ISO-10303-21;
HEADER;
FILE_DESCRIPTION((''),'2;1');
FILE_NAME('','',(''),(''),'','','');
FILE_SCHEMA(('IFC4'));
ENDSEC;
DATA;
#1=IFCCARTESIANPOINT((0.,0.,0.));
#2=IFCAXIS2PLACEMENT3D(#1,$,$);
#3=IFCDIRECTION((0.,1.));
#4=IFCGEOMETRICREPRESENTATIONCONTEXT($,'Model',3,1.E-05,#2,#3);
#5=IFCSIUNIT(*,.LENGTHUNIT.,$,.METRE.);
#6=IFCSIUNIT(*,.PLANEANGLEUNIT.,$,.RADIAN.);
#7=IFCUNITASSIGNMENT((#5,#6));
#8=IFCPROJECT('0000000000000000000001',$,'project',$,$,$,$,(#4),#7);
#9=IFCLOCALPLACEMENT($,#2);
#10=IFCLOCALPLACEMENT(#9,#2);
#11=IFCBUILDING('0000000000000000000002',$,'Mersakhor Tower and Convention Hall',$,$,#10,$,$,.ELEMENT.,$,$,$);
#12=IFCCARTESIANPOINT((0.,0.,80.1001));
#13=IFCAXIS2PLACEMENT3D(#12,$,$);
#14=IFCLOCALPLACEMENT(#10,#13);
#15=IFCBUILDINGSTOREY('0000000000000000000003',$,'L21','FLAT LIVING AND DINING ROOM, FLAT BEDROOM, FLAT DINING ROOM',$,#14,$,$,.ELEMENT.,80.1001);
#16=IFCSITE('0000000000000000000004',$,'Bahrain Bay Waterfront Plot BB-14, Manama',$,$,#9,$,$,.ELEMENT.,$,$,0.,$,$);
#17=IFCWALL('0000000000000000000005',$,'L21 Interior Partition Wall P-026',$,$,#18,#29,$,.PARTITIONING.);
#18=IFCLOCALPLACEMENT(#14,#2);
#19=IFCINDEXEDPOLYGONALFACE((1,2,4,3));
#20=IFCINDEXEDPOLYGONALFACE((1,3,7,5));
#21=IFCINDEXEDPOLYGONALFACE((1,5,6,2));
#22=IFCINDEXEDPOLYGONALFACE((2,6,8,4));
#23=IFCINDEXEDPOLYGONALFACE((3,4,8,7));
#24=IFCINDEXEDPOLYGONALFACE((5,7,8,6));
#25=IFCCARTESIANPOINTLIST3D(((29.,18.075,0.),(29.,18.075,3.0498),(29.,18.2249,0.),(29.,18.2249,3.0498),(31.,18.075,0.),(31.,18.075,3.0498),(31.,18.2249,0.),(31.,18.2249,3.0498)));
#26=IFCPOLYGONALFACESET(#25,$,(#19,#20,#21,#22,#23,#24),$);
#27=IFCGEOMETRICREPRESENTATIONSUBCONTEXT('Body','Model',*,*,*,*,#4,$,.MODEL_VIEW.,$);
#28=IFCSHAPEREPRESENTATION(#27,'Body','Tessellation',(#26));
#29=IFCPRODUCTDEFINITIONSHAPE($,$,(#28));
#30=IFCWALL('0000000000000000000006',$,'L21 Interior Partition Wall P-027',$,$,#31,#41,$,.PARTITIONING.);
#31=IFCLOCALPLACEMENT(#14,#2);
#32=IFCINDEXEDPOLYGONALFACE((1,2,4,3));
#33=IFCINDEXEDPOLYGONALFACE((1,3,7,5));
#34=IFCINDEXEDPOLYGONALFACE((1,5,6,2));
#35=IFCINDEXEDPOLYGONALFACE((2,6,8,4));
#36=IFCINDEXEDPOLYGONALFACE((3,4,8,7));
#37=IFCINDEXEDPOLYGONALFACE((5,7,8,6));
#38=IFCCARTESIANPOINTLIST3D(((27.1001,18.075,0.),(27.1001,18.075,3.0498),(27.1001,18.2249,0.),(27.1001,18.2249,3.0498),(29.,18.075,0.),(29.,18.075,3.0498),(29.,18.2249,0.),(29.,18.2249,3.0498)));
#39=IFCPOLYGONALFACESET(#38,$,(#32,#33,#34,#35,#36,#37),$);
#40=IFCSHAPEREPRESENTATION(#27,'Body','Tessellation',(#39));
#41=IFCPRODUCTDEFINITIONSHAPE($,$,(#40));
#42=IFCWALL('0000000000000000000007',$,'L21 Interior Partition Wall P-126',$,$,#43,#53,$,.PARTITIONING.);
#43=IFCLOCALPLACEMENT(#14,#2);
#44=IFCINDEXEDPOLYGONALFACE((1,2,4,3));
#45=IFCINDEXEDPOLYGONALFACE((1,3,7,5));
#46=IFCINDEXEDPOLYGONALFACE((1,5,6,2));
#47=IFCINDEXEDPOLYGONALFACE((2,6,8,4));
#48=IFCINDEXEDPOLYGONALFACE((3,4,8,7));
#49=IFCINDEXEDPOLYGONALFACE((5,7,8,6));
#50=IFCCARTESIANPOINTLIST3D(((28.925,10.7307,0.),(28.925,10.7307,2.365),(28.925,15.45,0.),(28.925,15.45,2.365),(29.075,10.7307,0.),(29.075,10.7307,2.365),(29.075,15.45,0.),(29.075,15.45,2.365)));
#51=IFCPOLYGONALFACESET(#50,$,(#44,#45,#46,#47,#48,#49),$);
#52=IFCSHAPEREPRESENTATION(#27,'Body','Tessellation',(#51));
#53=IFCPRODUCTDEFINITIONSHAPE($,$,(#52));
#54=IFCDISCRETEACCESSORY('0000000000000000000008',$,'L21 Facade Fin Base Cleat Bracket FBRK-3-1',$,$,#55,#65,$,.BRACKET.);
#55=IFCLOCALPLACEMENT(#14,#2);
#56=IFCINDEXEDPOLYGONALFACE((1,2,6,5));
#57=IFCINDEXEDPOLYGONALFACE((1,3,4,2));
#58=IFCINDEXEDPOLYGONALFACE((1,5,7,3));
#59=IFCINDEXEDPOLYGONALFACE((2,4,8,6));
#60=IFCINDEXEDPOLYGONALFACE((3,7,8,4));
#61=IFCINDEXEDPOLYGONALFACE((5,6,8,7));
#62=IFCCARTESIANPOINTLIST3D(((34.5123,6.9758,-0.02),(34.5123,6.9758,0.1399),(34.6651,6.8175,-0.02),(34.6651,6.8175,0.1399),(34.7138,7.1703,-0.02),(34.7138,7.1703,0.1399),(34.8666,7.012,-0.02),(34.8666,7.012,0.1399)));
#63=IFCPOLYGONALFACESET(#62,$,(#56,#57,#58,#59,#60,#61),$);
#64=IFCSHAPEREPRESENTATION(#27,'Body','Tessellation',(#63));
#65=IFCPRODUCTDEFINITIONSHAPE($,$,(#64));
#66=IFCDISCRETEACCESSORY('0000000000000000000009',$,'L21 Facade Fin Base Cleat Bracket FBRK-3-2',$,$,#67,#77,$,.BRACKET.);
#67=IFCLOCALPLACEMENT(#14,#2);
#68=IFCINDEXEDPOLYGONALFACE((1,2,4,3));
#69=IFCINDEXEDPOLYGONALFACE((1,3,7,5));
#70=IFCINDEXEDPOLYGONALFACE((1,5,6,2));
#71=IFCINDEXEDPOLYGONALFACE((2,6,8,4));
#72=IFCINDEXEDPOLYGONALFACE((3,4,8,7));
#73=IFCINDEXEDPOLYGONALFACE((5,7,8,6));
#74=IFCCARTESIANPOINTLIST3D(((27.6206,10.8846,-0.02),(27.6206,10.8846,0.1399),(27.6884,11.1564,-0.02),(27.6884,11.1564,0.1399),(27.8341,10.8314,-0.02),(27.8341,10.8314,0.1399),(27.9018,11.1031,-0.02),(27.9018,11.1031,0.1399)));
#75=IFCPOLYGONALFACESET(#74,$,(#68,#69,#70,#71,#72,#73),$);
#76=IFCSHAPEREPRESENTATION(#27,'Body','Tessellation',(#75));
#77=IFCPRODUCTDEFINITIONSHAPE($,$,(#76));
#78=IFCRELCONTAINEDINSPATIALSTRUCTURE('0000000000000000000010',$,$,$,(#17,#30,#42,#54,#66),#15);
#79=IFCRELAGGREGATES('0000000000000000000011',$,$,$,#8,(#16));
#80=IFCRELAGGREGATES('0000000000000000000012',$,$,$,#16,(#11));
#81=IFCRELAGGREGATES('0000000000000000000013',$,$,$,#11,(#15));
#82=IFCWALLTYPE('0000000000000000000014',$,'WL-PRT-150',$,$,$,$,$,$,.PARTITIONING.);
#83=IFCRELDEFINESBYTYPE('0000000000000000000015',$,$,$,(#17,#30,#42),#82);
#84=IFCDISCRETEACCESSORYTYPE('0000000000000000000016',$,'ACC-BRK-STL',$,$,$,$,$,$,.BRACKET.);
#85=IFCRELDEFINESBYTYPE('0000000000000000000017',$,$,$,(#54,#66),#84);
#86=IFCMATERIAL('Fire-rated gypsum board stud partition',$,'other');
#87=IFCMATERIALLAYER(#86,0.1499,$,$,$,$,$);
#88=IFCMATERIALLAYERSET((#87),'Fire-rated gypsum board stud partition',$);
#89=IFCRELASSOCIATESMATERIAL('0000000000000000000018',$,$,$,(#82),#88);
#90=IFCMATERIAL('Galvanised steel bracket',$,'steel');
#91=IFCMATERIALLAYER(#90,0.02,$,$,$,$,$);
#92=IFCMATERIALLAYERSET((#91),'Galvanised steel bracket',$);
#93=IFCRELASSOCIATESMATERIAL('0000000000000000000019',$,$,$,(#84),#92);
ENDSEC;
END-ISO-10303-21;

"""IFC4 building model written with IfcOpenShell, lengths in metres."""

from ifc_helpers import new_model, si_unit, direction, frame, frame_2d, origin, origin_2d, place, context, subcontext, project, spatial, rectangle, extrude, material, layer, layer_set, type_object, element, save


model = new_model("IFC4")

# Units and contexts
model_context = context("Model", 3, precision=1e-05, world=origin(), true_north=direction((0.0, 1.0)))
body_context = subcontext(model_context, "Body", "Model", "MODEL_VIEW")
ifc_project = project(units=[si_unit("LENGTHUNIT", "METRE"), si_unit("PLANEANGLEUNIT", "RADIAN")], contexts=[model_context])

# Site, building, storey
site_placement = place(None, origin())
site = spatial("IfcSite", under=ifc_project, at=site_placement, Name="Bahrain Bay Waterfront Plot BB-14, Manama", CompositionType="ELEMENT", RefElevation=0.0)
building_placement = place(site_placement, origin())
building = spatial("IfcBuilding", under=site, at=building_placement, Name="Mersakhor Tower and Convention Hall", CompositionType="ELEMENT")
storey_placement = place(building_placement, frame((0.0, 0.0, 80.1001)))
storey = spatial("IfcBuildingStorey", under=building, at=storey_placement, Name="L21", Description="FLAT LIVING AND DINING ROOM, FLAT BEDROOM, FLAT DINING ROOM", CompositionType="ELEMENT", Elevation=80.1001)

# Shared definitions
ifc_material_1 = material(Name="Fire-rated gypsum board stud partition", Category="other")
ifc_layer_1 = layer(ifc_material_1, 0.1499)
ifc_layer_set_1 = layer_set([ifc_layer_1], Name="Fire-rated gypsum board stud partition")
wall_type_1 = type_object("IfcWallType", Name="WL-PRT-150", PredefinedType="PARTITIONING", material=ifc_layer_set_1)

# Walls
wall_1_placement = place(storey_placement, frame((31.0, 18.1499, 0.0), z_axis=(0.0, 0.0, 1.0), x_axis=(-1.0, 0.0, 0.0)))
element("IfcWall", 1, at=wall_1_placement, inside=storey, type_object=wall_type_1, Name="L21 Interior Partition Wall P-026", PredefinedType="PARTITIONING", context=body_context, shape_type="SweptSolid", body=[
    extrude(rectangle(XDim=2.0, YDim=0.1499, at=frame_2d((1.0, 0.0))), origin(), (0.0, 0.0, 1.0), 3.0498),
])
wall_2_placement = place(storey_placement, frame((29.0, 18.1499, 0.0), z_axis=(0.0, 0.0, 1.0), x_axis=(-1.0, 0.0, 0.0)))
element("IfcWall", 2, at=wall_2_placement, inside=storey, type_object=wall_type_1, Name="L21 Interior Partition Wall P-027", PredefinedType="PARTITIONING", context=body_context, shape_type="SweptSolid", body=[
    extrude(rectangle(XDim=1.8999, YDim=0.1499, at=frame_2d((0.95, 0.0))), origin(), (0.0, 0.0, 1.0), 3.0498),
])
wall_3_placement = place(storey_placement, frame((29.0, 15.45, 0.0), z_axis=(0.0, 0.0, 1.0), x_axis=(0.0, -1.0, 0.0)))
element("IfcWall", 3, at=wall_3_placement, inside=storey, type_object=wall_type_1, Name="L21 Interior Partition Wall P-126", PredefinedType="PARTITIONING", context=body_context, shape_type="SweptSolid", body=[
    extrude(rectangle(XDim=4.7192, YDim=0.1499, at=frame_2d((2.3596, 0.0))), origin(), (0.0, 0.0, 1.0), 2.365),
])

# Discrete accessories
ifc_material_2 = material(Name="Galvanised steel bracket", Category="steel")
ifc_layer_2 = layer(ifc_material_2, 0.02)
ifc_layer_set_2 = layer_set([ifc_layer_2], Name="Galvanised steel bracket")
discrete_accessory_type = type_object("IfcDiscreteAccessoryType", Name="ACC-BRK-STL", PredefinedType="BRACKET", material=ifc_layer_set_2)
for number, where, z_axis, x_axis, name in (
    (4, (34.6895, 6.9939, -0.02), (0.0, 0.0, 1.0), (-0.71934, -0.694658, 0.0), "L21 Facade Fin Base Cleat Bracket FBRK-3-1"),
    (5, (27.7612, 10.9939, -0.02), (0.0, 0.0, 1.0), (-0.241922, -0.970296, 0.0), "L21 Facade Fin Base Cleat Bracket FBRK-3-2"),
):
    element("IfcDiscreteAccessory", number, at=place(storey_placement, frame(where, z_axis=z_axis, x_axis=x_axis)), inside=storey, type_object=discrete_accessory_type, Name=name, PredefinedType="BRACKET", context=body_context, shape_type="SweptSolid", body=[
        extrude(rectangle(XDim=0.28, YDim=0.22, at=origin_2d()), origin(), (0.0, 0.0, 1.0), 0.1599),
    ])

save(model, "model.ifc")
